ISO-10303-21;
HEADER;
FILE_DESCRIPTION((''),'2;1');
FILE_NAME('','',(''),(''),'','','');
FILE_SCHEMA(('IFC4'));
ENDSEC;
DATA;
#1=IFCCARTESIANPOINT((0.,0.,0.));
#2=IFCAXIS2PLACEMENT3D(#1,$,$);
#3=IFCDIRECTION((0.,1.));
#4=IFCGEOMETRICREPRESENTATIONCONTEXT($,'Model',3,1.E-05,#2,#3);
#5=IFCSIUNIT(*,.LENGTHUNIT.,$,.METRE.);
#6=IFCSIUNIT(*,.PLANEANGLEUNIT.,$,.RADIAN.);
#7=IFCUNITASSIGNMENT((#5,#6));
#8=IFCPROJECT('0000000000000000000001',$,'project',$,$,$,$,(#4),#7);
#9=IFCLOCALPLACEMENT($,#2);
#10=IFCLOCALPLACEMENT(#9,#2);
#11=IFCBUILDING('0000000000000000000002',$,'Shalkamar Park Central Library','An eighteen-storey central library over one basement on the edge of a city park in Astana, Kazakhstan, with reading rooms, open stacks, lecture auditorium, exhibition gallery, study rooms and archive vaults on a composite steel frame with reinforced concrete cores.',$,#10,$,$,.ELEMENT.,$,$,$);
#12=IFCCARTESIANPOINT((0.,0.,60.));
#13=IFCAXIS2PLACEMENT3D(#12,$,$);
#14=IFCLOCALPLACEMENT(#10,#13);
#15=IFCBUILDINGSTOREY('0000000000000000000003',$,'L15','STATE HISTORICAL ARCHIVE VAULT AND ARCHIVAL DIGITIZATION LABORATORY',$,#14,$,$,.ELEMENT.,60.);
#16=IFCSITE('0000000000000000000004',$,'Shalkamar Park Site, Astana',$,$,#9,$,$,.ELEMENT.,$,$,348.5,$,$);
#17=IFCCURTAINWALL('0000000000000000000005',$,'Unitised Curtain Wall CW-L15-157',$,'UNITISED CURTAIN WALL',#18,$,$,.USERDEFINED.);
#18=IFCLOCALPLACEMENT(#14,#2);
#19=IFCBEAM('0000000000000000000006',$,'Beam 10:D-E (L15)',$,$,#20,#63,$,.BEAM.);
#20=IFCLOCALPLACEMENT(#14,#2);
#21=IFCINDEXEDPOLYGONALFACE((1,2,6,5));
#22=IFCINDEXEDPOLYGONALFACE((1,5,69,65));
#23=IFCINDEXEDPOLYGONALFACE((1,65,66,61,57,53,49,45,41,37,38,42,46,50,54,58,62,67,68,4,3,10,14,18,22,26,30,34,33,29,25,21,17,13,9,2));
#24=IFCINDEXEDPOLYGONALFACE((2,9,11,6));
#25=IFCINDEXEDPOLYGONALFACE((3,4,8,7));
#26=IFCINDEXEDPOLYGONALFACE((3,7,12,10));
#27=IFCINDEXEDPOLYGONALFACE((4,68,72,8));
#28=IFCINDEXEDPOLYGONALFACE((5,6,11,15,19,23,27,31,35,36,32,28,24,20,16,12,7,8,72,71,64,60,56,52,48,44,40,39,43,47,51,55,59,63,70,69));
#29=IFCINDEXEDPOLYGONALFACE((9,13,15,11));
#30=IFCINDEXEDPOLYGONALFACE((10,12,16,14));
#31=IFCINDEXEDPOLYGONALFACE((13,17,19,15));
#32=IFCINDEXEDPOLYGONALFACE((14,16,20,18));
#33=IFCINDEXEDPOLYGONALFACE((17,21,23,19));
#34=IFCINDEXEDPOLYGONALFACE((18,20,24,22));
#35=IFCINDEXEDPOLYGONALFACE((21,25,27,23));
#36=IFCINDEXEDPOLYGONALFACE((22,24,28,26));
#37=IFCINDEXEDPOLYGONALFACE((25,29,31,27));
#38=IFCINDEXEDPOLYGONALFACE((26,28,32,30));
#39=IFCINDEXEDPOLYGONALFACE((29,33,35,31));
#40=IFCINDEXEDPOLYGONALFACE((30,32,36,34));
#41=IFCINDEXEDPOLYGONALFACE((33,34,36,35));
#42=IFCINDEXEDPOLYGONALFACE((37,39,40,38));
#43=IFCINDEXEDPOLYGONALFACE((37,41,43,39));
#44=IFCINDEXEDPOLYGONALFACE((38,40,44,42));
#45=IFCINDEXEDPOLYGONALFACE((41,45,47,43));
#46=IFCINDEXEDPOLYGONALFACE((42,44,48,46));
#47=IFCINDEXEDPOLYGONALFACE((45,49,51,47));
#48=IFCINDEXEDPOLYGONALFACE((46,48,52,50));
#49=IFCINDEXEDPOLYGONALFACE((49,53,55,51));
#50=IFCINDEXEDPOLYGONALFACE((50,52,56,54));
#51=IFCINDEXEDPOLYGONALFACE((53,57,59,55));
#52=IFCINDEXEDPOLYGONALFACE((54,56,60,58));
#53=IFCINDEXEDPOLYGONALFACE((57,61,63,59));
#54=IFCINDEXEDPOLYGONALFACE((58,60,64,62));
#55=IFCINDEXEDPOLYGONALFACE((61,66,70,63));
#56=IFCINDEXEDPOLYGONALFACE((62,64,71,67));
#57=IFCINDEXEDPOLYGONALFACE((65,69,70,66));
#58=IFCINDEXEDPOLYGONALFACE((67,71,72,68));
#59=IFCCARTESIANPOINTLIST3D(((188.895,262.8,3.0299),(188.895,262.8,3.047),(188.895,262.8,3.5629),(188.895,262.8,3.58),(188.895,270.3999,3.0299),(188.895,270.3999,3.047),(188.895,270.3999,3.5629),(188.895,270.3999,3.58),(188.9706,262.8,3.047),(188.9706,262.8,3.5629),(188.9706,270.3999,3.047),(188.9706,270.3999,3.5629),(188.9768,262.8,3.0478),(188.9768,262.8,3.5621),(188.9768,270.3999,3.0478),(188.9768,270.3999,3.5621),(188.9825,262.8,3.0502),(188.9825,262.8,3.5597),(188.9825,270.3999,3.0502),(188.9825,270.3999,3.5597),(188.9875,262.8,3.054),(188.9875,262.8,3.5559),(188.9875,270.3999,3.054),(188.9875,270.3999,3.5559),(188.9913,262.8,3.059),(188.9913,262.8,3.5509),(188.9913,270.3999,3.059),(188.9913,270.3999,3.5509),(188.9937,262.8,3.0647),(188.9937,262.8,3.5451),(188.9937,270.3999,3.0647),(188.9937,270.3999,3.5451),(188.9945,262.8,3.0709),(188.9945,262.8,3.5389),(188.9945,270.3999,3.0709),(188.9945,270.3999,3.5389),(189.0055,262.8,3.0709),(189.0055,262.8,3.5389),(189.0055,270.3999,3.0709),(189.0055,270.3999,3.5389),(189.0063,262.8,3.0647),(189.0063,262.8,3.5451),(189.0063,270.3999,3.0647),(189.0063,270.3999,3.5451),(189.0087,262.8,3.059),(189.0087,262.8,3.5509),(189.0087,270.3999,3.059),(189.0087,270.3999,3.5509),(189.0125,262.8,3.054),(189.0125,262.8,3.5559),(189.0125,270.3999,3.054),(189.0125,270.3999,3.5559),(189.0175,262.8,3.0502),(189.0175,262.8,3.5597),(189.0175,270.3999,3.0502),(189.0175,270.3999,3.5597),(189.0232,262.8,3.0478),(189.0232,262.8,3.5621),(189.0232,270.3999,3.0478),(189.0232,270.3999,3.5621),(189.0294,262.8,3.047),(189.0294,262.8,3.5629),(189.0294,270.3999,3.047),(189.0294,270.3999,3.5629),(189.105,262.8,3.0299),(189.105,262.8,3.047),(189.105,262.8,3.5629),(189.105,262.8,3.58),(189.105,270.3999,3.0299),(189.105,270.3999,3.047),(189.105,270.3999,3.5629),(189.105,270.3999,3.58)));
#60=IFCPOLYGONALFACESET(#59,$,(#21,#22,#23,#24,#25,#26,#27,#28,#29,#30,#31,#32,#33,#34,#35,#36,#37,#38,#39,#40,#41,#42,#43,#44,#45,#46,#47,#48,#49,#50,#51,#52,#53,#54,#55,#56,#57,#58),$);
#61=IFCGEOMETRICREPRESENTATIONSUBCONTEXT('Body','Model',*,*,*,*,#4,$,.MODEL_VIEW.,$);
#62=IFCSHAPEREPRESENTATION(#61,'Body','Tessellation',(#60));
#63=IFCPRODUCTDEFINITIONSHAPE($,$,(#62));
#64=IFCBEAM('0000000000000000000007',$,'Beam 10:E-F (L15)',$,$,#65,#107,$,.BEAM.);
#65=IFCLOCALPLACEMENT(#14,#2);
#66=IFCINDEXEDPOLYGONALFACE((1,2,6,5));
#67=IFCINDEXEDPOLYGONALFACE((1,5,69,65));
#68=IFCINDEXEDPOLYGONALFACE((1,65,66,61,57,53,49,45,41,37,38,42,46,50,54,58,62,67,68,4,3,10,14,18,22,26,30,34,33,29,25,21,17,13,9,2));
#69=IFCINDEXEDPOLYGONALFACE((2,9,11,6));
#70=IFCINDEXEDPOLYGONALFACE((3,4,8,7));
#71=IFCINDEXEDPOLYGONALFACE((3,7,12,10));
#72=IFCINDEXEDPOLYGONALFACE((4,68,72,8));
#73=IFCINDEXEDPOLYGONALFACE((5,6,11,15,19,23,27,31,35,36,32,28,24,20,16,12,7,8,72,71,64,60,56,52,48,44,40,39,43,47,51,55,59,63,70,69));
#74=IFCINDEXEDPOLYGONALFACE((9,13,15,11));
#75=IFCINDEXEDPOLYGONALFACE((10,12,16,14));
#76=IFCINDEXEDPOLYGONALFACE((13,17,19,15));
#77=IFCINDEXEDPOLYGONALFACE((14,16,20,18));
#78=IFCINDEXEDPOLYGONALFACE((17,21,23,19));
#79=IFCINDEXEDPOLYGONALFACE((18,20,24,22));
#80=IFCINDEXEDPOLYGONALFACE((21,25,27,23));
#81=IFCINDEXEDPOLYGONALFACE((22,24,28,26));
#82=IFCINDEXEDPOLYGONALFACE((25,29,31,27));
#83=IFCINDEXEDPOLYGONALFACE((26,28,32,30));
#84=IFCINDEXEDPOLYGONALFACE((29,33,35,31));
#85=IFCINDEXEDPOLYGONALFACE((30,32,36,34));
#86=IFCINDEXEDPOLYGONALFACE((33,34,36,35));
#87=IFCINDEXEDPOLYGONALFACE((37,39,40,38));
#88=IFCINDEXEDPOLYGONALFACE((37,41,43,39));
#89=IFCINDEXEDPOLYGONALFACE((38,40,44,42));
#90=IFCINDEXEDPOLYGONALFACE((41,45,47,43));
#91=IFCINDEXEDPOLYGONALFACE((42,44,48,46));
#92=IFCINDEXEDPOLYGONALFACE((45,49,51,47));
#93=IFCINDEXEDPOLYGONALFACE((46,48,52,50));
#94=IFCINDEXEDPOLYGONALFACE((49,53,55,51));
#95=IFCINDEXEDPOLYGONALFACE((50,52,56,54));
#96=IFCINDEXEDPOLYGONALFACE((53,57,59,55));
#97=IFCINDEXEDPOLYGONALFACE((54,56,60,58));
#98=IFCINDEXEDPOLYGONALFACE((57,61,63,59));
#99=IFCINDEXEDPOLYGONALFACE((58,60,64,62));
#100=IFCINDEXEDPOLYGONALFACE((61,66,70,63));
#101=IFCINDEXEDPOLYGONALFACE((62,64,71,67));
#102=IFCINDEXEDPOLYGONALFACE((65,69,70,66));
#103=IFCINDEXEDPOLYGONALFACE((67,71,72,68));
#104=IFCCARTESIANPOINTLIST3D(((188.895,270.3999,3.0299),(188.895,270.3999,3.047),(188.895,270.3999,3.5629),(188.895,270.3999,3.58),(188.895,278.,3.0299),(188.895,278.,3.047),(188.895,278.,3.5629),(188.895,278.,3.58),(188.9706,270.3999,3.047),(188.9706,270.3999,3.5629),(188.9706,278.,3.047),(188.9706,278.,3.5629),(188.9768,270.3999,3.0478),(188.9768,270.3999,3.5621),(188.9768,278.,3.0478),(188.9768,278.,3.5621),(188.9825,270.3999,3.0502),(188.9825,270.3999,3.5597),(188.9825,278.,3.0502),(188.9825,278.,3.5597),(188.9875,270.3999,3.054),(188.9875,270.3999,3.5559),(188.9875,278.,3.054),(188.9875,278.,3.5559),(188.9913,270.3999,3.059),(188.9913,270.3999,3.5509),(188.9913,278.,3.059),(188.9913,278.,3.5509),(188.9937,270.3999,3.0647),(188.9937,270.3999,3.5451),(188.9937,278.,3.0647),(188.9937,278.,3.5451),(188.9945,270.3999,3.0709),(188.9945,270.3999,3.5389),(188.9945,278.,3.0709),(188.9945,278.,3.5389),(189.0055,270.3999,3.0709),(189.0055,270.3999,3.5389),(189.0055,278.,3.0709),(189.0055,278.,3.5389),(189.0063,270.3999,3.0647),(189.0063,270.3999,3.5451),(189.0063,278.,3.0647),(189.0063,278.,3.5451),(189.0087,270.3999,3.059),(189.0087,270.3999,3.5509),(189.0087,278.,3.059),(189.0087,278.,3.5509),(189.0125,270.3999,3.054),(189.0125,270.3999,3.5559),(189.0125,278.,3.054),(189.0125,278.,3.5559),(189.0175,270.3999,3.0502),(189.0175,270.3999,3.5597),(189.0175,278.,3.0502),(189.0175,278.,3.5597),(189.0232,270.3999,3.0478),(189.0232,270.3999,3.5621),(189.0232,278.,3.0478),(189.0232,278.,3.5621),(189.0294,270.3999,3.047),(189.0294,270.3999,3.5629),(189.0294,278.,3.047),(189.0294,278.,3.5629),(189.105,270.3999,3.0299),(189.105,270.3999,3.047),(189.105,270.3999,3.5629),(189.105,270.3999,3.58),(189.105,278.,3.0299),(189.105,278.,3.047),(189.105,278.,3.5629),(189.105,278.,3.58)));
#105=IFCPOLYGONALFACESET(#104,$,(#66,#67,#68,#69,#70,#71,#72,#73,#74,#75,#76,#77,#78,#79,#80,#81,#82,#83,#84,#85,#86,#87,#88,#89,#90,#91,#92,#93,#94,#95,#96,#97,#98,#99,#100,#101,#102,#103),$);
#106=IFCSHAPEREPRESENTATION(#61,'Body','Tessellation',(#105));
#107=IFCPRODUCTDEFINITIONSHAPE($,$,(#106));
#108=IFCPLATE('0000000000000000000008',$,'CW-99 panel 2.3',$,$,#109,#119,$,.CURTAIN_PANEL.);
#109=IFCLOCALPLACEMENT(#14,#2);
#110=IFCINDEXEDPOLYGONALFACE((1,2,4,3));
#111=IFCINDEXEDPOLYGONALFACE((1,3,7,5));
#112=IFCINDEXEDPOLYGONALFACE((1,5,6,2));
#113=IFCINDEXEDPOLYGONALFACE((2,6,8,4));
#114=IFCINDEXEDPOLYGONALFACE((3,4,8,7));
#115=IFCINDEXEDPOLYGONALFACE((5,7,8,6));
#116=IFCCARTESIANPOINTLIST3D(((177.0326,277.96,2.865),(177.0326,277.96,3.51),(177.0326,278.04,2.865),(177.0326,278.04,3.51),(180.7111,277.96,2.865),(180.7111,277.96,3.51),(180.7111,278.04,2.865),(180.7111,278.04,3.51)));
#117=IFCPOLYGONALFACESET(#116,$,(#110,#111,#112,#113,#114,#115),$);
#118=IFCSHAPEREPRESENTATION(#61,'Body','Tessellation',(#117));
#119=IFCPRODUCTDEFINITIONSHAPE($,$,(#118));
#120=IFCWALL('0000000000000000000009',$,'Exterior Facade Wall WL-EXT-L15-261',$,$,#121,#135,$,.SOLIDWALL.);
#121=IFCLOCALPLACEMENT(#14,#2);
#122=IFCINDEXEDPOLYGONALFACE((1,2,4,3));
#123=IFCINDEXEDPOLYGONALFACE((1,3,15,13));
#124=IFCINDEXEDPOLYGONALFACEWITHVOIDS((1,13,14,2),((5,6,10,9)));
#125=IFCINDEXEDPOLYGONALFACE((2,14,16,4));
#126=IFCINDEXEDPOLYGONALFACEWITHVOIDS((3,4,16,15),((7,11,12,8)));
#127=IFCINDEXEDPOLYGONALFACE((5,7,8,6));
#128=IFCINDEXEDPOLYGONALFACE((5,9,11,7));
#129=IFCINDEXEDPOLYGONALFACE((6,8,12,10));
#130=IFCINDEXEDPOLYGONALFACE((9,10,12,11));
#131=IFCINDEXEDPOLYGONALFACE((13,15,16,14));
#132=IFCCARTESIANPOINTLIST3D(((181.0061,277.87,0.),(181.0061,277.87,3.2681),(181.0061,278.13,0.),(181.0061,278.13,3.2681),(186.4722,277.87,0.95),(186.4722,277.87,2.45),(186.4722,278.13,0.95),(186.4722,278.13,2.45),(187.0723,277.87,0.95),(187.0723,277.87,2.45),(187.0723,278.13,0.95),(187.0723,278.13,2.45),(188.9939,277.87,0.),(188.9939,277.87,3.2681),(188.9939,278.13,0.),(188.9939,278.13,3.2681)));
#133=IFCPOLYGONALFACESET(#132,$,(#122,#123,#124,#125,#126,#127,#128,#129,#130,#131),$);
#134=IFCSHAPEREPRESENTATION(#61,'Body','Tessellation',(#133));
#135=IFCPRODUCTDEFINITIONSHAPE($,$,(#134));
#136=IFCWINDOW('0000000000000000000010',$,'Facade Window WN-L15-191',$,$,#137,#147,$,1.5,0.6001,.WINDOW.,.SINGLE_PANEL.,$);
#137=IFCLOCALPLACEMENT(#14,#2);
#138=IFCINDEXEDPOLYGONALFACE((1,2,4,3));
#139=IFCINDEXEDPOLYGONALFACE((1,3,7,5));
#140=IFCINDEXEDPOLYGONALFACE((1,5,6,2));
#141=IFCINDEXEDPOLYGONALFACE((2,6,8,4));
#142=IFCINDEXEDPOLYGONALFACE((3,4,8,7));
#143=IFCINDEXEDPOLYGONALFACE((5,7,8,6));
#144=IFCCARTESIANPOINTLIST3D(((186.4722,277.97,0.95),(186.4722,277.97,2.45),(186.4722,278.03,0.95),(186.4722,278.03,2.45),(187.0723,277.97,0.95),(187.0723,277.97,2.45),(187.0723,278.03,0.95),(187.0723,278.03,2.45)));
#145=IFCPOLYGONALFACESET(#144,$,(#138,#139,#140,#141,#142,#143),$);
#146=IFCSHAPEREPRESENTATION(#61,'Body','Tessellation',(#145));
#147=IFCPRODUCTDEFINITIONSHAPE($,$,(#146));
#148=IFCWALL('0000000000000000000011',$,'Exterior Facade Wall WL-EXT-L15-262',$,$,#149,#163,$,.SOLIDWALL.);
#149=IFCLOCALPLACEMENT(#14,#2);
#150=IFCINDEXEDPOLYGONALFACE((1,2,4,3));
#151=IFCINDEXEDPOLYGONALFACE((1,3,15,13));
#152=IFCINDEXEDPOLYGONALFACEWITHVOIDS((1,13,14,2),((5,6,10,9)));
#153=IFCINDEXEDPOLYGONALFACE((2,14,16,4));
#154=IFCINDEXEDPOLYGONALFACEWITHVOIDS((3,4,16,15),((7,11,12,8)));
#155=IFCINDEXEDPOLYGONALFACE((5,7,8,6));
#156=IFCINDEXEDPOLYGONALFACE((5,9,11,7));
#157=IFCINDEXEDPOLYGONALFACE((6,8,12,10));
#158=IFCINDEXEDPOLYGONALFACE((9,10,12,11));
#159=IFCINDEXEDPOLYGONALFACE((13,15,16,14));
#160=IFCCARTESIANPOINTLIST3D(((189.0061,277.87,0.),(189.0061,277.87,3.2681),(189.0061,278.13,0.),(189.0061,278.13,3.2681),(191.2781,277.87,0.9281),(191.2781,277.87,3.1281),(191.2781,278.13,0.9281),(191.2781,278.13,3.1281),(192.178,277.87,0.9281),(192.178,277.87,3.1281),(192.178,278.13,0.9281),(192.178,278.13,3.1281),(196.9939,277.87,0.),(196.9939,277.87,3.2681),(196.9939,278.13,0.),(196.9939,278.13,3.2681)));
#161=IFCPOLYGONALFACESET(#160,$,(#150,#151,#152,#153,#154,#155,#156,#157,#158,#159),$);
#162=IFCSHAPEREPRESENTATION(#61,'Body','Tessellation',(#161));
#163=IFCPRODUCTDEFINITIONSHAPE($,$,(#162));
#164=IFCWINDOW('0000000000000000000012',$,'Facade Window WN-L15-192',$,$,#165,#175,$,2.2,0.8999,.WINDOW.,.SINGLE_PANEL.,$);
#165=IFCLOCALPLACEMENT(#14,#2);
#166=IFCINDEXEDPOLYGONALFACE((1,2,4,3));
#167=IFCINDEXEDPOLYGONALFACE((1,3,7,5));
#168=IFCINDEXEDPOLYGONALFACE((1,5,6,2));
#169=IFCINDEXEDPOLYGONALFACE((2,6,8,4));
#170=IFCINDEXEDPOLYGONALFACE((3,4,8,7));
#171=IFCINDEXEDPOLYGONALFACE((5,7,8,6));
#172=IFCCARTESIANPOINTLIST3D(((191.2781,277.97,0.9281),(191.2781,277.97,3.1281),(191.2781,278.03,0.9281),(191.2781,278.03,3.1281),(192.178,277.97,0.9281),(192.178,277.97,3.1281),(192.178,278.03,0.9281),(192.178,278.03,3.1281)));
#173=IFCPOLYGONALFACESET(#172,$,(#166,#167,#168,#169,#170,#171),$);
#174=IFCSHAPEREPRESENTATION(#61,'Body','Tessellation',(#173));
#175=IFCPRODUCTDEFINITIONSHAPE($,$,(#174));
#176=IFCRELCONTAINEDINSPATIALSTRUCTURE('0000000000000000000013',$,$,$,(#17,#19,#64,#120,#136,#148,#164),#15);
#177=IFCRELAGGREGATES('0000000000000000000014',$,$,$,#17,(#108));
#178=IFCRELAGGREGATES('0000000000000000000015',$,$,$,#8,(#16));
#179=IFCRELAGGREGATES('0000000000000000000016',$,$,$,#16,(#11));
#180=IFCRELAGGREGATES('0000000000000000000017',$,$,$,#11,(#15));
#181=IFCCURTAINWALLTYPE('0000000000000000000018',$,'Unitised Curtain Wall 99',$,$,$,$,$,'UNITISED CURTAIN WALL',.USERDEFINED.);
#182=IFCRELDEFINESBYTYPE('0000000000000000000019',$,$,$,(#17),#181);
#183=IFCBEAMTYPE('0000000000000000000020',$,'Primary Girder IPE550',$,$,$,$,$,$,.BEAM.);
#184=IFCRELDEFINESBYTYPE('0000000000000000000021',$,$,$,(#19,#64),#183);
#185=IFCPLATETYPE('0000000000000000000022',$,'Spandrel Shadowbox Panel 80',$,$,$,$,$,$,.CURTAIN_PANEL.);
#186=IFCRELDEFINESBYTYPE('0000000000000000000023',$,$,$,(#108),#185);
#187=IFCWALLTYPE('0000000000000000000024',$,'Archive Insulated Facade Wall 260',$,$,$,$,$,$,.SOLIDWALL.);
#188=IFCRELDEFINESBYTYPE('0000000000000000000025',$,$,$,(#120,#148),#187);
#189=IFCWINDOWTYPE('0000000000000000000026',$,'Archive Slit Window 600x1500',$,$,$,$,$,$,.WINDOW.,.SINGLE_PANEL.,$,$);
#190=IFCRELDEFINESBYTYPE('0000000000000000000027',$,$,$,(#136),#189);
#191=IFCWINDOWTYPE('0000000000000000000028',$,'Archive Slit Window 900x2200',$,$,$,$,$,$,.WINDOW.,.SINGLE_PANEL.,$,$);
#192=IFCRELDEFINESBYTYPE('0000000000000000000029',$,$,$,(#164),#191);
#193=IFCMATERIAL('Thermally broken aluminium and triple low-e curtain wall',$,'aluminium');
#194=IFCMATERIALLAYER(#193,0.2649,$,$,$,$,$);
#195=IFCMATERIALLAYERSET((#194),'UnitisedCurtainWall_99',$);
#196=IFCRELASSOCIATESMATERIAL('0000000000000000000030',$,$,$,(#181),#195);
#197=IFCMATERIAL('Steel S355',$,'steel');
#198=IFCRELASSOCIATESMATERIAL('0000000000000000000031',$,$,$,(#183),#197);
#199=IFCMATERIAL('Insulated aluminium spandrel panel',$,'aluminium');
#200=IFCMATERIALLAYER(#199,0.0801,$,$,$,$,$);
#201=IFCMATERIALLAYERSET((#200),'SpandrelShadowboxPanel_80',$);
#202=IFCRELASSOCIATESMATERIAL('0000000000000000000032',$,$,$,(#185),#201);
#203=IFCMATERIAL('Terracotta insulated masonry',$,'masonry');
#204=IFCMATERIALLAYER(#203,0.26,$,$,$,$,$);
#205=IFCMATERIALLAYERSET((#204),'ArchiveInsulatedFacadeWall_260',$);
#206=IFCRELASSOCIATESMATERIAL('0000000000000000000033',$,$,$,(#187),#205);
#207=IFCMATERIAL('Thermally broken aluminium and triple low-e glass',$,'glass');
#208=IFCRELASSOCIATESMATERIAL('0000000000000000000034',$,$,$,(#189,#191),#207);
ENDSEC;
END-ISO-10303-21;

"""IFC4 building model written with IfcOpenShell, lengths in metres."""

from ifc_helpers import new_model, si_unit, direction, frame, frame_2d, origin, origin_2d, place, context, subcontext, project, spatial, rectangle, i_section, extrude, material, layer, layer_set, material_profile, profile_set, type_object, element, fill, aggregate, save


model = new_model("IFC4")

# Units and contexts
model_context = context("Model", 3, precision=1e-05, world=origin(), true_north=direction((0.0, 1.0)))
body_context = subcontext(model_context, "Body", "Model", "MODEL_VIEW")
ifc_project = project(units=[si_unit("LENGTHUNIT", "METRE"), si_unit("PLANEANGLEUNIT", "RADIAN")], contexts=[model_context])

# Site, building, storey
site_placement = place(None, origin())
site = spatial("IfcSite", under=ifc_project, at=site_placement, Name="Shalkamar Park Site, Astana", CompositionType="ELEMENT", RefElevation=348.5)
building_placement = place(site_placement, origin())
building = spatial("IfcBuilding", under=site, at=building_placement, Name="Shalkamar Park Central Library", Description="An eighteen-storey central library over one basement on the edge of a city park in Astana, Kazakhstan, with reading rooms, open stacks, lecture auditorium, exhibition gallery, study rooms and archive vaults on a composite steel frame with reinforced concrete cores.", CompositionType="ELEMENT")
storey_placement = place(building_placement, frame((0.0, 0.0, 60.0)))
storey = spatial("IfcBuildingStorey", under=building, at=storey_placement, Name="L15", Description="STATE HISTORICAL ARCHIVE VAULT AND ARCHIVAL DIGITIZATION LABORATORY", CompositionType="ELEMENT", Elevation=60.0)

# Shared definitions
ifc_material_1 = material(Name="Steel S355", Category="steel")

# Curtain wall
ifc_material_2 = material(Name="Thermally broken aluminium and triple low-e curtain wall", Category="aluminium")
ifc_layer_1 = layer(ifc_material_2, 0.2649)
ifc_layer_set_1 = layer_set([ifc_layer_1], Name="UnitisedCurtainWall_99")
curtain_wall_type = type_object("IfcCurtainWallType", Name="Unitised Curtain Wall 99", ElementType="UNITISED CURTAIN WALL", PredefinedType="USERDEFINED", material=ifc_layer_set_1)
curtain_wall_placement = place(storey_placement, origin())
curtain_wall = element("IfcCurtainWall", 1, at=curtain_wall_placement, inside=storey, type_object=curtain_wall_type, Name="Unitised Curtain Wall CW-L15-157", ObjectType="UNITISED CURTAIN WALL", PredefinedType="USERDEFINED")

# Beams
ifc_material_profile_1 = material_profile(ifc_material_1, i_section(OverallWidth=0.21, OverallDepth=0.55, WebThickness=0.011, FlangeThickness=0.0171, FilletRadius=0.0239, at=origin_2d()), Name="IPE 550")
ifc_profile_set_1 = profile_set([ifc_material_profile_1], Name="Steel S355")
beam_type_1 = type_object("IfcBeamType", Name="Primary Girder IPE550", PredefinedType="BEAM", material=ifc_profile_set_1)
beam_1_placement = place(storey_placement, frame((189.0, 262.8, 3.3049), z_axis=(0.0, 1.0, 0.0), x_axis=(-1.0, 0.0, 0.0)))
element("IfcBeam", 2, at=beam_1_placement, inside=storey, type_object=beam_type_1, Name="Beam 10:D-E (L15)", PredefinedType="BEAM", context=body_context, shape_type="SweptSolid", body=[
    extrude(i_section(OverallWidth=0.21, OverallDepth=0.55, WebThickness=0.011, FlangeThickness=0.0171, FilletRadius=0.0239, at=origin_2d()), origin(), (0.0, 0.0, 1.0), 7.5999),
])
beam_2_placement = place(storey_placement, frame((189.0, 270.3999, 3.3049), z_axis=(0.0, 1.0, 0.0), x_axis=(-1.0, 0.0, 0.0)))
element("IfcBeam", 3, at=beam_2_placement, inside=storey, type_object=beam_type_1, Name="Beam 10:E-F (L15)", PredefinedType="BEAM", context=body_context, shape_type="SweptSolid", body=[
    extrude(i_section(OverallWidth=0.21, OverallDepth=0.55, WebThickness=0.011, FlangeThickness=0.0171, FilletRadius=0.0239, at=origin_2d()), origin(), (0.0, 0.0, 1.0), 7.6001),
])

# Plate
ifc_material_3 = material(Name="Insulated aluminium spandrel panel", Category="aluminium")
ifc_layer_2 = layer(ifc_material_3, 0.0801)
ifc_layer_set_2 = layer_set([ifc_layer_2], Name="SpandrelShadowboxPanel_80")
plate_type = type_object("IfcPlateType", Name="Spandrel Shadowbox Panel 80", PredefinedType="CURTAIN_PANEL", material=ifc_layer_set_2)
plate_placement = place(storey_placement, frame((178.8718, 278.0, 2.865), z_axis=(0.0, 0.0, 1.0), x_axis=(1.0, 0.0, 0.0)))
plate = element("IfcPlate", 4, at=plate_placement, type_object=plate_type, Name="CW-99 panel 2.3", PredefinedType="CURTAIN_PANEL", context=body_context, shape_type="SweptSolid", body=[
    extrude(rectangle(XDim=3.6785, YDim=0.0801, at=origin_2d()), origin(), (0.0, 0.0, 1.0), 0.645),
])
aggregate(curtain_wall, [plate])

# Walls, openings, windows
ifc_material_4 = material(Name="Terracotta insulated masonry", Category="masonry")
ifc_layer_3 = layer(ifc_material_4, 0.26)
ifc_layer_set_3 = layer_set([ifc_layer_3], Name="ArchiveInsulatedFacadeWall_260")
wall_type_1 = type_object("IfcWallType", Name="Archive Insulated Facade Wall 260", PredefinedType="SOLIDWALL", material=ifc_layer_set_3)
wall_1_placement = place(storey_placement, frame((181.0061, 278.0, 0.0), z_axis=(0.0, 0.0, 1.0), x_axis=(1.0, 0.0, 0.0)))
wall_1 = element("IfcWall", 5, at=wall_1_placement, inside=storey, type_object=wall_type_1, Name="Exterior Facade Wall WL-EXT-L15-261", PredefinedType="SOLIDWALL", context=body_context, shape_type="SweptSolid", body=[
    extrude(rectangle(XDim=7.9878, YDim=0.26, at=frame_2d((3.9939, 0.0))), origin(), (0.0, 0.0, 1.0), 3.2681),
])
opening_1_placement = place(wall_1_placement, frame((5.4661, 0.0, 0.95)))
opening_1 = element("IfcOpeningElement", 6, at=opening_1_placement, cuts=wall_1, PredefinedType="OPENING", context=body_context, shape_type="SweptSolid", body=[
    extrude(rectangle(XDim=0.6001, YDim=1.5, at=frame_2d((0.3, 0.75))), frame((0.0, 0.145, 0.0), z_axis=(0.0, -1.0, 0.0), x_axis=(1.0, 0.0, 0.0)), (0.0, 0.0, 1.0), 0.2898),
])
ifc_material_5 = material(Name="Thermally broken aluminium and triple low-e glass", Category="glass")
window_type_1 = type_object("IfcWindowType", Name="Archive Slit Window 600x1500", PartitioningType="SINGLE_PANEL", PredefinedType="WINDOW", material=ifc_material_5)
window_1_placement = place(opening_1_placement, origin())
window_1 = element("IfcWindow", 7, at=window_1_placement, inside=storey, type_object=window_type_1, Name="Facade Window WN-L15-191", OverallHeight=1.5, OverallWidth=0.6001, PartitioningType="SINGLE_PANEL", PredefinedType="WINDOW", context=body_context, shape_type="SweptSolid", body=[
    extrude(rectangle(XDim=0.6001, YDim=1.5, at=frame_2d((0.3, 0.75))), frame((0.0, 0.03, 0.0), z_axis=(0.0, -1.0, 0.0), x_axis=(1.0, 0.0, 0.0)), (0.0, 0.0, 1.0), 0.0601),
])
fill(opening_1, window_1)
wall_2_placement = place(storey_placement, frame((189.0061, 278.0, 0.0), z_axis=(0.0, 0.0, 1.0), x_axis=(1.0, 0.0, 0.0)))
wall_2 = element("IfcWall", 8, at=wall_2_placement, inside=storey, type_object=wall_type_1, Name="Exterior Facade Wall WL-EXT-L15-262", PredefinedType="SOLIDWALL", context=body_context, shape_type="SweptSolid", body=[
    extrude(rectangle(XDim=7.9878, YDim=0.26, at=frame_2d((3.9939, 0.0))), origin(), (0.0, 0.0, 1.0), 3.2681),
])
opening_2_placement = place(wall_2_placement, frame((2.272, 0.0, 0.928)))
opening_2 = element("IfcOpeningElement", 9, at=opening_2_placement, cuts=wall_2, PredefinedType="OPENING", context=body_context, shape_type="SweptSolid", body=[
    extrude(rectangle(XDim=0.8999, YDim=2.2, at=frame_2d((0.45, 1.1001))), frame((0.0, 0.145, 0.0), z_axis=(0.0, -1.0, 0.0), x_axis=(1.0, 0.0, 0.0)), (0.0, 0.0, 1.0), 0.2898),
])
window_type_2 = type_object("IfcWindowType", Name="Archive Slit Window 900x2200", PartitioningType="SINGLE_PANEL", PredefinedType="WINDOW", material=ifc_material_5)
window_2_placement = place(opening_2_placement, origin())
window_2 = element("IfcWindow", 10, at=window_2_placement, inside=storey, type_object=window_type_2, Name="Facade Window WN-L15-192", OverallHeight=2.2, OverallWidth=0.8999, PartitioningType="SINGLE_PANEL", PredefinedType="WINDOW", context=body_context, shape_type="SweptSolid", body=[
    extrude(rectangle(XDim=0.8999, YDim=2.2, at=frame_2d((0.45, 1.1001))), frame((0.0, 0.03, 0.0), z_axis=(0.0, -1.0, 0.0), x_axis=(1.0, 0.0, 0.0)), (0.0, 0.0, 1.0), 0.0601),
])
fill(opening_2, window_2)

save(model, "model.ifc")
